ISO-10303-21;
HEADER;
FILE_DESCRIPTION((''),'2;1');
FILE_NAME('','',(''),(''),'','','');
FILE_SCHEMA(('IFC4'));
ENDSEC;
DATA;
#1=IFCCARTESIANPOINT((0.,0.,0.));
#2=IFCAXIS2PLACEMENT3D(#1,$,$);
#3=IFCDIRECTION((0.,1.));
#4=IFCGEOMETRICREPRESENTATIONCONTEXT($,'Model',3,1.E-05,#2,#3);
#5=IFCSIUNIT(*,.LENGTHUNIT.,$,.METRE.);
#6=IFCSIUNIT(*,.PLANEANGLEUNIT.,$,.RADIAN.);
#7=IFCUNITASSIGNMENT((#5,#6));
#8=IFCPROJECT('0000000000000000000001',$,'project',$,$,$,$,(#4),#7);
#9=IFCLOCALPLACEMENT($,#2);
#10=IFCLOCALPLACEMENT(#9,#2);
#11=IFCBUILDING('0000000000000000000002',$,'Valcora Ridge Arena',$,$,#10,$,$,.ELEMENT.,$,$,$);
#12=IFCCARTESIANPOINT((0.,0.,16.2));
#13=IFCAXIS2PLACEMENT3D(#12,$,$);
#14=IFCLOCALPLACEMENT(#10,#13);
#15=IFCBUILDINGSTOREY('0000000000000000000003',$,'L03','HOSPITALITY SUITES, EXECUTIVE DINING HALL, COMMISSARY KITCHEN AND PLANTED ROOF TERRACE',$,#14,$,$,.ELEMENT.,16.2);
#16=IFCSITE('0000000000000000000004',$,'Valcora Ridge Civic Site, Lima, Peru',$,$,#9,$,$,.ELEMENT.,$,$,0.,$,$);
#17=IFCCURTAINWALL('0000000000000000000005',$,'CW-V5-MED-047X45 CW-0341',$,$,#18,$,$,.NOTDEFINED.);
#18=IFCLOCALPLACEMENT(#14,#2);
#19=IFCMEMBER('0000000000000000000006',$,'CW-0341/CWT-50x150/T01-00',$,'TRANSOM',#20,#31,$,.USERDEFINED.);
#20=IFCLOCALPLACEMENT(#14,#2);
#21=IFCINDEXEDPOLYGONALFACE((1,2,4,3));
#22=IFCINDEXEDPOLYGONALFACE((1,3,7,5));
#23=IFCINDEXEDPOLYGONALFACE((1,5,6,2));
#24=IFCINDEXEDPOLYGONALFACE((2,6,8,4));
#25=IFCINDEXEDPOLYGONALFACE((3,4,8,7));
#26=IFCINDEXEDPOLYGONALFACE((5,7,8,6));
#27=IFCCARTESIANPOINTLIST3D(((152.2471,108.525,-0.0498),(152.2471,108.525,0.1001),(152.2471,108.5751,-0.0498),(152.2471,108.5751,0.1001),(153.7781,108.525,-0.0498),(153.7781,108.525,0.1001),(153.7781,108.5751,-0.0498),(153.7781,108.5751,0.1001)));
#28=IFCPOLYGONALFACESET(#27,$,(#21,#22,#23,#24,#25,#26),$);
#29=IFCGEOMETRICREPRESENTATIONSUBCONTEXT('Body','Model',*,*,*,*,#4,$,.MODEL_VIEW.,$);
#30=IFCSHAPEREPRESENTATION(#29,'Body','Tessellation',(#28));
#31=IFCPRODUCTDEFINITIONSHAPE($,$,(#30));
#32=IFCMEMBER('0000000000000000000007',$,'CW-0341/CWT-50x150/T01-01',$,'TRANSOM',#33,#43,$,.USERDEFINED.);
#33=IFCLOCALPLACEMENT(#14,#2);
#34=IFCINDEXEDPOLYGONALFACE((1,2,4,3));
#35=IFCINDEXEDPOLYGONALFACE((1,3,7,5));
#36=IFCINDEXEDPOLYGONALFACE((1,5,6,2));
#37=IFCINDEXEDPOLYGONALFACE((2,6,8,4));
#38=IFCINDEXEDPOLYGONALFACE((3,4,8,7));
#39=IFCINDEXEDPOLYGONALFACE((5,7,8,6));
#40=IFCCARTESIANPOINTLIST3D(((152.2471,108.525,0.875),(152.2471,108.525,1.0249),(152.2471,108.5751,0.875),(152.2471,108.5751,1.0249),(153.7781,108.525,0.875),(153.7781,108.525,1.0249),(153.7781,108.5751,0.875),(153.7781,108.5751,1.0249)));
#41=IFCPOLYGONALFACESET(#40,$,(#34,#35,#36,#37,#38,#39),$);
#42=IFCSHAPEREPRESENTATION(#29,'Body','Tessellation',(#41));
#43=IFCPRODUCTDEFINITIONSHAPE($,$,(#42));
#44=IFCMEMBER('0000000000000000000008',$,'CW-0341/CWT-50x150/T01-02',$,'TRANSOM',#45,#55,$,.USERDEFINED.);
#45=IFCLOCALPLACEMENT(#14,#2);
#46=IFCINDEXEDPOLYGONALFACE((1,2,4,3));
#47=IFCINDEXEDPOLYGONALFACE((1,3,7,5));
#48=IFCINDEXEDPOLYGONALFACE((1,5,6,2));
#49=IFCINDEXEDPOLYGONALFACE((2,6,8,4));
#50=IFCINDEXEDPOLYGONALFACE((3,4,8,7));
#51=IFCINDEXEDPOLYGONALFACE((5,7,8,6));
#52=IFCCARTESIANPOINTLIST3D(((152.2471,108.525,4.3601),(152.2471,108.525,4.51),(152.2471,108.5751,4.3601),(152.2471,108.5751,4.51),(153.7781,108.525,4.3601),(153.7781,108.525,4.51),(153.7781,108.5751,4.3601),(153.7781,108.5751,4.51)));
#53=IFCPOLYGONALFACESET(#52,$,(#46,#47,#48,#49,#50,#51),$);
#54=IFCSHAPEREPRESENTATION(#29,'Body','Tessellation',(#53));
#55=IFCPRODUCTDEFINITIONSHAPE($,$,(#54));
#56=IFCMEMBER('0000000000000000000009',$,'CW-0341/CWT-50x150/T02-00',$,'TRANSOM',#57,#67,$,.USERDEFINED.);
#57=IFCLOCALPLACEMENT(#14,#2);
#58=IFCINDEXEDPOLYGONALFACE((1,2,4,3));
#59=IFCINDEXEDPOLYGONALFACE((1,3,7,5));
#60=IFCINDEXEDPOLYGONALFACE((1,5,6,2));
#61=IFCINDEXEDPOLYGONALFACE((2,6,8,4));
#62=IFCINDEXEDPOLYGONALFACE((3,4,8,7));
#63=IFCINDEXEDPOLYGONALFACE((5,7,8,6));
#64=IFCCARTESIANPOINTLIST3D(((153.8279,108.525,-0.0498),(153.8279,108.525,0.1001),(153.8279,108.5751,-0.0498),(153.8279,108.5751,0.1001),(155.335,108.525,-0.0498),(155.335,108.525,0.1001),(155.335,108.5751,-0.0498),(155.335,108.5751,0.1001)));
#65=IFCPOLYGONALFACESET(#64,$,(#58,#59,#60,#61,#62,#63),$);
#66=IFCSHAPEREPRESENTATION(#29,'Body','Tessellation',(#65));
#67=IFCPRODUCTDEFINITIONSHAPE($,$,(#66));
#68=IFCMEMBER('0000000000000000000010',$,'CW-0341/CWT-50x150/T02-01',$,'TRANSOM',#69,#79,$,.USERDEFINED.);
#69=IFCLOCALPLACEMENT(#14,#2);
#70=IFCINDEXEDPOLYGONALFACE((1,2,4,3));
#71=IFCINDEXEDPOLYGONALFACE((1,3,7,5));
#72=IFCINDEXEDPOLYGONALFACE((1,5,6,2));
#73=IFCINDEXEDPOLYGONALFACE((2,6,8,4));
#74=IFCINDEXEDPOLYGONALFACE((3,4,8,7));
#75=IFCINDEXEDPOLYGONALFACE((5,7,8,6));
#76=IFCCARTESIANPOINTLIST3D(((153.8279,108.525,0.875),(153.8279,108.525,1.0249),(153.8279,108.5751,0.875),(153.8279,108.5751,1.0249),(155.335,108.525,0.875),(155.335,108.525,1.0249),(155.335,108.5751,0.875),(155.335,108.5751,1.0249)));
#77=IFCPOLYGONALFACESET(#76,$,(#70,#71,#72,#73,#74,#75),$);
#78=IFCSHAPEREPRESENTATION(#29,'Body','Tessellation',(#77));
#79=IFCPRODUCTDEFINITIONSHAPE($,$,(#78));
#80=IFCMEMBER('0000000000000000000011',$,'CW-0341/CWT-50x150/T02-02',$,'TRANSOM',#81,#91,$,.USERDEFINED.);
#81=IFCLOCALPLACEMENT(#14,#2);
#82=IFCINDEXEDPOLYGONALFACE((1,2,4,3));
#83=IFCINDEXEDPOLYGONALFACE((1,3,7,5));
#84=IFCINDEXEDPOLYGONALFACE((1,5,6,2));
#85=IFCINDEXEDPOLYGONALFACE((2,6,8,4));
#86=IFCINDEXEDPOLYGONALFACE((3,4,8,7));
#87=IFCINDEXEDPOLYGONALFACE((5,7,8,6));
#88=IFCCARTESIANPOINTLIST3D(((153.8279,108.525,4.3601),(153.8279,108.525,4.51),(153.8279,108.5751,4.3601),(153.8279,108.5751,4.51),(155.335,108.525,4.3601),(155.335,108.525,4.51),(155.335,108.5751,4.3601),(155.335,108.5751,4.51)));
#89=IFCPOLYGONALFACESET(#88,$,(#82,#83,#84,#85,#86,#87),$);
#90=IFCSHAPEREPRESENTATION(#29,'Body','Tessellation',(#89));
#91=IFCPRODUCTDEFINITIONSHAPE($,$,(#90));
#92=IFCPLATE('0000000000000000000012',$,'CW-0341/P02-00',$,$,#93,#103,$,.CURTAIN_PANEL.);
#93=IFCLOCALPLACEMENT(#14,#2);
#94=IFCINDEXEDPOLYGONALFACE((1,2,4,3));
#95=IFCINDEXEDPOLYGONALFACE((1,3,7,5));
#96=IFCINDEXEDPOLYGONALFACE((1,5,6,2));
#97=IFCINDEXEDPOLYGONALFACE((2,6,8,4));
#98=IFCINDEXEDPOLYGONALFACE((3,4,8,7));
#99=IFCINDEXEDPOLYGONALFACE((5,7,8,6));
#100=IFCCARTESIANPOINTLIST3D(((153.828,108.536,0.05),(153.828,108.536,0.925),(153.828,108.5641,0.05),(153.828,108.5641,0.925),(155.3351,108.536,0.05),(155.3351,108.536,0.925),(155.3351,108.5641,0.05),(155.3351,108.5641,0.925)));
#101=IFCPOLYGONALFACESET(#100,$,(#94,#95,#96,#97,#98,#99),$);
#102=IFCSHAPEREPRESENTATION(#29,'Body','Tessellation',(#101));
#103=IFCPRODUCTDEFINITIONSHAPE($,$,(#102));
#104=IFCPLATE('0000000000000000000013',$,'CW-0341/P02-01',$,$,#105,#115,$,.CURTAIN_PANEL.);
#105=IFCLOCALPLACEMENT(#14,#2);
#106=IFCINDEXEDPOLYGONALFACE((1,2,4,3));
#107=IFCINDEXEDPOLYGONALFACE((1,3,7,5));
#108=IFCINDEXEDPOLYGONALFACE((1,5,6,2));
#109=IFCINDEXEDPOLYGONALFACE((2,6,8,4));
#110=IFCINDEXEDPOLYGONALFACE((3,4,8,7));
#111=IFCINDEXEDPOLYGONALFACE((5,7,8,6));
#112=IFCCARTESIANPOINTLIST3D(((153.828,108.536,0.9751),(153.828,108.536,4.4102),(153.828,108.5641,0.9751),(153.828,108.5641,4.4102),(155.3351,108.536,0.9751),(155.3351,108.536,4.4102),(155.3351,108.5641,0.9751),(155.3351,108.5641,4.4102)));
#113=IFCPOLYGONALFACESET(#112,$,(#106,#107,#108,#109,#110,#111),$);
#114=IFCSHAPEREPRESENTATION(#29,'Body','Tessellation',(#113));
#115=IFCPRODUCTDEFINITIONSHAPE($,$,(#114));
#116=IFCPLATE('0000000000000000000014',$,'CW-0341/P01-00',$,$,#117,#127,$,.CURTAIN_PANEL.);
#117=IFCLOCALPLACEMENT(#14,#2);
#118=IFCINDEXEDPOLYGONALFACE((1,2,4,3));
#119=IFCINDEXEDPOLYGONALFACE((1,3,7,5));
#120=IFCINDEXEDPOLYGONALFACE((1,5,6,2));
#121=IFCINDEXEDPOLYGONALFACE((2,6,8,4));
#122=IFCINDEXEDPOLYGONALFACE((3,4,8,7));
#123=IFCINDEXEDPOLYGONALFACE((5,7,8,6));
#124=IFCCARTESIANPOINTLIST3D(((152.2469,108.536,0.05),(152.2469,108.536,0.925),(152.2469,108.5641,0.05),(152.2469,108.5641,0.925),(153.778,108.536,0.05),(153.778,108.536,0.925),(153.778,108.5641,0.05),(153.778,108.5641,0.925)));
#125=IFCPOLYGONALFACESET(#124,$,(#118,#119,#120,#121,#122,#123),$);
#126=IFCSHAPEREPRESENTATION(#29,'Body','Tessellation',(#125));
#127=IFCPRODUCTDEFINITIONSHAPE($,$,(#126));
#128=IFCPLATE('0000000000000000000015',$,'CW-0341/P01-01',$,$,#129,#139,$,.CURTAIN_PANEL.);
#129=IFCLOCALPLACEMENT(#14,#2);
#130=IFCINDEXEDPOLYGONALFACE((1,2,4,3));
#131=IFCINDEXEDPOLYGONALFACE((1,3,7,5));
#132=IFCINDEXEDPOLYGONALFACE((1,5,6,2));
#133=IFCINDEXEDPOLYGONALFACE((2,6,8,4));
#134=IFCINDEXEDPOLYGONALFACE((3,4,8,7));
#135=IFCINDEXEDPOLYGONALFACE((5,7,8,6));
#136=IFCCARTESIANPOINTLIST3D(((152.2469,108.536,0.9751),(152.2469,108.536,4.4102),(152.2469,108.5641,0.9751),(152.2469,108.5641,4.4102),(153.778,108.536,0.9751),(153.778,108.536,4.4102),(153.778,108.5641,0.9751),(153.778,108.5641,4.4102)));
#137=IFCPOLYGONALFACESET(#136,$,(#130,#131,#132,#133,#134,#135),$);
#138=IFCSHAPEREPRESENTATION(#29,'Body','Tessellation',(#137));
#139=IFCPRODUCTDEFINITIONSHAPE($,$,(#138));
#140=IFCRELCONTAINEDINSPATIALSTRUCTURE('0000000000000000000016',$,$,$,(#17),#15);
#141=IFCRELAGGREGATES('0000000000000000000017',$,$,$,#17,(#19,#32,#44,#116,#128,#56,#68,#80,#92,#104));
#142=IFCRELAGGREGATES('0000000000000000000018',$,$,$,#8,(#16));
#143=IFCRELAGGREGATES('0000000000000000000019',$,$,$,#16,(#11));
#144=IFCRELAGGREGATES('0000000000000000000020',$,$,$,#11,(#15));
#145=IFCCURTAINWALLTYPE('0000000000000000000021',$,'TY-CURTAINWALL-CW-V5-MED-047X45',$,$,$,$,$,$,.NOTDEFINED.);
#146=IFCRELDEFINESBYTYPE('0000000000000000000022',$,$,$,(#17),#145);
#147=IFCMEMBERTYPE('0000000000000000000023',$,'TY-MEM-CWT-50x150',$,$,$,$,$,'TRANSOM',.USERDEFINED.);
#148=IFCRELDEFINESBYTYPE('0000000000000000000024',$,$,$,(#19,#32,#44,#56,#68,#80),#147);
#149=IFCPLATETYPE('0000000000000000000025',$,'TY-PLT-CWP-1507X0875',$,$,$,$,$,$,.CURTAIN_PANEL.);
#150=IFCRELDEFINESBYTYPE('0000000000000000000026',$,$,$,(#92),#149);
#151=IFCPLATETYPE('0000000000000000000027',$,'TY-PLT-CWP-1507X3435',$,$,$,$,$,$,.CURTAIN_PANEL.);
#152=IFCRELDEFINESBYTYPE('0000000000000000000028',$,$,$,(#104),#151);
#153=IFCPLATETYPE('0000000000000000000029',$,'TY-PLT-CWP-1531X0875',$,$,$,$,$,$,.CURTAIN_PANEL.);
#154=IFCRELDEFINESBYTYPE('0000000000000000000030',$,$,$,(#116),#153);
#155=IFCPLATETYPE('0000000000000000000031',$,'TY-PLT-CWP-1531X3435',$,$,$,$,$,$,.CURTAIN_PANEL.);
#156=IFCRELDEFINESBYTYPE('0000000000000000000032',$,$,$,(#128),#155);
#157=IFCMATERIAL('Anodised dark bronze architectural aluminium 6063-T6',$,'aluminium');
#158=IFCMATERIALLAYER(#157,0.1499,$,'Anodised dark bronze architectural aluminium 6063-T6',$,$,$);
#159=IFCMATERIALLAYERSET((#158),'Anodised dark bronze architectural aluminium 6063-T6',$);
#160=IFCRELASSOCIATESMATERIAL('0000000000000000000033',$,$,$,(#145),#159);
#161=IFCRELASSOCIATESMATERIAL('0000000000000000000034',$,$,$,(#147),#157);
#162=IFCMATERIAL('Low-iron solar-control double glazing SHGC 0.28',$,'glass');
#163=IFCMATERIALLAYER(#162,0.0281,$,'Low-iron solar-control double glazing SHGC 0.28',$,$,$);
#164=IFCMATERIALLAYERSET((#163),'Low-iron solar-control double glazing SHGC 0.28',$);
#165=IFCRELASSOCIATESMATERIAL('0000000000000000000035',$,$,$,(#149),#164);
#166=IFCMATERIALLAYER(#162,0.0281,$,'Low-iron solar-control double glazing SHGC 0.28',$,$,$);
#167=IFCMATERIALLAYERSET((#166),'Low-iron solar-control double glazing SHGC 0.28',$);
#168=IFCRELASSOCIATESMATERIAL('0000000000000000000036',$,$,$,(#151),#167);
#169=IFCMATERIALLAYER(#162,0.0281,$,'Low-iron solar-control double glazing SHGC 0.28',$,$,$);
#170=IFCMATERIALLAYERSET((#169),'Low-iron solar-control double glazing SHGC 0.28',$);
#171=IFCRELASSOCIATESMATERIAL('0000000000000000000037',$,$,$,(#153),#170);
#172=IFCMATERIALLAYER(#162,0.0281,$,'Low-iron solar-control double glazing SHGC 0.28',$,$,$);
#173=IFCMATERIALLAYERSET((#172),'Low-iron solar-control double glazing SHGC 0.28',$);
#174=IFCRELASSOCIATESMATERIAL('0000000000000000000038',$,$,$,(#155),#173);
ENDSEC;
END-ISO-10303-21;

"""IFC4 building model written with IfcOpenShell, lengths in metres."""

from ifc_helpers import new_model, si_unit, direction, frame, origin, origin_2d, place, context, subcontext, project, spatial, rectangle, extrude, material, layer, layer_set, material_profile, profile_set, type_object, element, aggregate, save


model = new_model("IFC4")

# Units and contexts
model_context = context("Model", 3, precision=1e-05, world=origin(), true_north=direction((0.0, 1.0)))
body_context = subcontext(model_context, "Body", "Model", "MODEL_VIEW")
ifc_project = project(units=[si_unit("LENGTHUNIT", "METRE"), si_unit("PLANEANGLEUNIT", "RADIAN")], contexts=[model_context])

# Site, building, storey
site_placement = place(None, origin())
site = spatial("IfcSite", under=ifc_project, at=site_placement, Name="Valcora Ridge Civic Site, Lima, Peru", CompositionType="ELEMENT", RefElevation=0.0)
building_placement = place(site_placement, origin())
building = spatial("IfcBuilding", under=site, at=building_placement, Name="Valcora Ridge Arena", CompositionType="ELEMENT")
storey_placement = place(building_placement, frame((0.0, 0.0, 16.2)))
storey = spatial("IfcBuildingStorey", under=building, at=storey_placement, Name="L03", Description="HOSPITALITY SUITES, EXECUTIVE DINING HALL, COMMISSARY KITCHEN AND PLANTED ROOF TERRACE", CompositionType="ELEMENT", Elevation=16.2)

# Curtain wall
ifc_material_1 = material(Name="Anodised dark bronze architectural aluminium 6063-T6", Category="aluminium")
ifc_layer_1 = layer(ifc_material_1, 0.1499, Name="Anodised dark bronze architectural aluminium 6063-T6")
ifc_layer_set_1 = layer_set([ifc_layer_1], Name="Anodised dark bronze architectural aluminium 6063-T6")
curtain_wall_type_1 = type_object("IfcCurtainWallType", Name="TY-CURTAINWALL-CW-V5-MED-047X45", PredefinedType="NOTDEFINED", material=ifc_layer_set_1)
curtain_wall_1_placement = place(storey_placement, origin())
curtain_wall_1 = element("IfcCurtainWall", 1, at=curtain_wall_1_placement, inside=storey, type_object=curtain_wall_type_1, Name="CW-V5-MED-047X45 CW-0341", PredefinedType="NOTDEFINED")

# Members
ifc_material_profile_1 = material_profile(ifc_material_1, rectangle(XDim=0.05, YDim=0.1499, at=origin_2d()), Name="ALU TRANSOM 50x150")
ifc_profile_set_1 = profile_set([ifc_material_profile_1], Name="Anodised dark bronze architectural aluminium 6063-T6")
member_type_1 = type_object("IfcMemberType", Name="TY-MEM-CWT-50x150", ElementType="TRANSOM", PredefinedType="USERDEFINED", material=ifc_profile_set_1)
member_1_placement = place(storey_placement, frame((152.2471, 108.55, 0.0251), z_axis=(1.0, 0.0, 0.0), x_axis=(0.0, 1.0, 0.0)))
member_1 = element("IfcMember", 2, at=member_1_placement, type_object=member_type_1, Name="CW-0341/CWT-50x150/T01-00", ObjectType="TRANSOM", PredefinedType="USERDEFINED", context=body_context, shape_type="SweptSolid", body=[
    extrude(rectangle(XDim=0.05, YDim=0.1499, at=origin_2d()), origin(), (0.0, 0.0, 1.0), 1.531),
])
member_2_placement = place(storey_placement, frame((152.2471, 108.55, 0.95), z_axis=(1.0, 0.0, 0.0), x_axis=(0.0, 1.0, 0.0)))
member_2 = element("IfcMember", 3, at=member_2_placement, type_object=member_type_1, Name="CW-0341/CWT-50x150/T01-01", ObjectType="TRANSOM", PredefinedType="USERDEFINED", context=body_context, shape_type="SweptSolid", body=[
    extrude(rectangle(XDim=0.05, YDim=0.1499, at=origin_2d()), origin(), (0.0, 0.0, 1.0), 1.531),
])
member_3_placement = place(storey_placement, frame((152.2471, 108.55, 4.4351), z_axis=(1.0, 0.0, 0.0), x_axis=(0.0, 1.0, 0.0)))
member_3 = element("IfcMember", 4, at=member_3_placement, type_object=member_type_1, Name="CW-0341/CWT-50x150/T01-02", ObjectType="TRANSOM", PredefinedType="USERDEFINED", context=body_context, shape_type="SweptSolid", body=[
    extrude(rectangle(XDim=0.05, YDim=0.1499, at=origin_2d()), origin(), (0.0, 0.0, 1.0), 1.531),
])
member_4_placement = place(storey_placement, frame((153.8279, 108.55, 0.0251), z_axis=(1.0, 0.0, 0.0), x_axis=(0.0, 1.0, 0.0)))
member_4 = element("IfcMember", 5, at=member_4_placement, type_object=member_type_1, Name="CW-0341/CWT-50x150/T02-00", ObjectType="TRANSOM", PredefinedType="USERDEFINED", context=body_context, shape_type="SweptSolid", body=[
    extrude(rectangle(XDim=0.05, YDim=0.1499, at=origin_2d()), origin(), (0.0, 0.0, 1.0), 1.5071),
])
member_5_placement = place(storey_placement, frame((153.8279, 108.55, 0.95), z_axis=(1.0, 0.0, 0.0), x_axis=(0.0, 1.0, 0.0)))
member_5 = element("IfcMember", 6, at=member_5_placement, type_object=member_type_1, Name="CW-0341/CWT-50x150/T02-01", ObjectType="TRANSOM", PredefinedType="USERDEFINED", context=body_context, shape_type="SweptSolid", body=[
    extrude(rectangle(XDim=0.05, YDim=0.1499, at=origin_2d()), origin(), (0.0, 0.0, 1.0), 1.5071),
])
member_6_placement = place(storey_placement, frame((153.8279, 108.55, 4.4351), z_axis=(1.0, 0.0, 0.0), x_axis=(0.0, 1.0, 0.0)))
member_6 = element("IfcMember", 7, at=member_6_placement, type_object=member_type_1, Name="CW-0341/CWT-50x150/T02-02", ObjectType="TRANSOM", PredefinedType="USERDEFINED", context=body_context, shape_type="SweptSolid", body=[
    extrude(rectangle(XDim=0.05, YDim=0.1499, at=origin_2d()), origin(), (0.0, 0.0, 1.0), 1.5071),
])

# Plates
ifc_material_2 = material(Name="Low-iron solar-control double glazing SHGC 0.28", Category="glass")
ifc_layer_2 = layer(ifc_material_2, 0.0281, Name="Low-iron solar-control double glazing SHGC 0.28")
ifc_layer_set_2 = layer_set([ifc_layer_2], Name="Low-iron solar-control double glazing SHGC 0.28")
plate_type_1 = type_object("IfcPlateType", Name="TY-PLT-CWP-1507X0875", PredefinedType="CURTAIN_PANEL", material=ifc_layer_set_2)
plate_1_placement = place(storey_placement, frame((154.5815, 108.55, 0.05), z_axis=(0.0, 0.0, 1.0), x_axis=(1.0, 0.0, 0.0)))
plate_1 = element("IfcPlate", 8, at=plate_1_placement, type_object=plate_type_1, Name="CW-0341/P02-00", PredefinedType="CURTAIN_PANEL", context=body_context, shape_type="SweptSolid", body=[
    extrude(rectangle(XDim=1.5071, YDim=0.0281, at=origin_2d()), origin(), (0.0, 0.0, 1.0), 0.875),
])
ifc_layer_3 = layer(ifc_material_2, 0.0281, Name="Low-iron solar-control double glazing SHGC 0.28")
ifc_layer_set_3 = layer_set([ifc_layer_3], Name="Low-iron solar-control double glazing SHGC 0.28")
plate_type_2 = type_object("IfcPlateType", Name="TY-PLT-CWP-1507X3435", PredefinedType="CURTAIN_PANEL", material=ifc_layer_set_3)
plate_2_placement = place(storey_placement, frame((154.5815, 108.55, 0.9751), z_axis=(0.0, 0.0, 1.0), x_axis=(1.0, 0.0, 0.0)))
plate_2 = element("IfcPlate", 9, at=plate_2_placement, type_object=plate_type_2, Name="CW-0341/P02-01", PredefinedType="CURTAIN_PANEL", context=body_context, shape_type="SweptSolid", body=[
    extrude(rectangle(XDim=1.5071, YDim=0.0281, at=origin_2d()), origin(), (0.0, 0.0, 1.0), 3.4351),
])
ifc_layer_4 = layer(ifc_material_2, 0.0281, Name="Low-iron solar-control double glazing SHGC 0.28")
ifc_layer_set_4 = layer_set([ifc_layer_4], Name="Low-iron solar-control double glazing SHGC 0.28")
plate_type_3 = type_object("IfcPlateType", Name="TY-PLT-CWP-1531X0875", PredefinedType="CURTAIN_PANEL", material=ifc_layer_set_4)
plate_3_placement = place(storey_placement, frame((153.0125, 108.55, 0.05), z_axis=(0.0, 0.0, 1.0), x_axis=(1.0, 0.0, 0.0)))
plate_3 = element("IfcPlate", 10, at=plate_3_placement, type_object=plate_type_3, Name="CW-0341/P01-00", PredefinedType="CURTAIN_PANEL", context=body_context, shape_type="SweptSolid", body=[
    extrude(rectangle(XDim=1.531, YDim=0.0281, at=origin_2d()), origin(), (0.0, 0.0, 1.0), 0.875),
])
ifc_layer_5 = layer(ifc_material_2, 0.0281, Name="Low-iron solar-control double glazing SHGC 0.28")
ifc_layer_set_5 = layer_set([ifc_layer_5], Name="Low-iron solar-control double glazing SHGC 0.28")
plate_type_4 = type_object("IfcPlateType", Name="TY-PLT-CWP-1531X3435", PredefinedType="CURTAIN_PANEL", material=ifc_layer_set_5)
plate_4_placement = place(storey_placement, frame((153.0125, 108.55, 0.9751), z_axis=(0.0, 0.0, 1.0), x_axis=(1.0, 0.0, 0.0)))
plate_4 = element("IfcPlate", 11, at=plate_4_placement, type_object=plate_type_4, Name="CW-0341/P01-01", PredefinedType="CURTAIN_PANEL", context=body_context, shape_type="SweptSolid", body=[
    extrude(rectangle(XDim=1.531, YDim=0.0281, at=origin_2d()), origin(), (0.0, 0.0, 1.0), 3.4351),
])
aggregate(curtain_wall_1, [member_1, member_2, member_3, plate_3, plate_4, member_4, member_5, member_6, plate_1, plate_2])

save(model, "model.ifc")
